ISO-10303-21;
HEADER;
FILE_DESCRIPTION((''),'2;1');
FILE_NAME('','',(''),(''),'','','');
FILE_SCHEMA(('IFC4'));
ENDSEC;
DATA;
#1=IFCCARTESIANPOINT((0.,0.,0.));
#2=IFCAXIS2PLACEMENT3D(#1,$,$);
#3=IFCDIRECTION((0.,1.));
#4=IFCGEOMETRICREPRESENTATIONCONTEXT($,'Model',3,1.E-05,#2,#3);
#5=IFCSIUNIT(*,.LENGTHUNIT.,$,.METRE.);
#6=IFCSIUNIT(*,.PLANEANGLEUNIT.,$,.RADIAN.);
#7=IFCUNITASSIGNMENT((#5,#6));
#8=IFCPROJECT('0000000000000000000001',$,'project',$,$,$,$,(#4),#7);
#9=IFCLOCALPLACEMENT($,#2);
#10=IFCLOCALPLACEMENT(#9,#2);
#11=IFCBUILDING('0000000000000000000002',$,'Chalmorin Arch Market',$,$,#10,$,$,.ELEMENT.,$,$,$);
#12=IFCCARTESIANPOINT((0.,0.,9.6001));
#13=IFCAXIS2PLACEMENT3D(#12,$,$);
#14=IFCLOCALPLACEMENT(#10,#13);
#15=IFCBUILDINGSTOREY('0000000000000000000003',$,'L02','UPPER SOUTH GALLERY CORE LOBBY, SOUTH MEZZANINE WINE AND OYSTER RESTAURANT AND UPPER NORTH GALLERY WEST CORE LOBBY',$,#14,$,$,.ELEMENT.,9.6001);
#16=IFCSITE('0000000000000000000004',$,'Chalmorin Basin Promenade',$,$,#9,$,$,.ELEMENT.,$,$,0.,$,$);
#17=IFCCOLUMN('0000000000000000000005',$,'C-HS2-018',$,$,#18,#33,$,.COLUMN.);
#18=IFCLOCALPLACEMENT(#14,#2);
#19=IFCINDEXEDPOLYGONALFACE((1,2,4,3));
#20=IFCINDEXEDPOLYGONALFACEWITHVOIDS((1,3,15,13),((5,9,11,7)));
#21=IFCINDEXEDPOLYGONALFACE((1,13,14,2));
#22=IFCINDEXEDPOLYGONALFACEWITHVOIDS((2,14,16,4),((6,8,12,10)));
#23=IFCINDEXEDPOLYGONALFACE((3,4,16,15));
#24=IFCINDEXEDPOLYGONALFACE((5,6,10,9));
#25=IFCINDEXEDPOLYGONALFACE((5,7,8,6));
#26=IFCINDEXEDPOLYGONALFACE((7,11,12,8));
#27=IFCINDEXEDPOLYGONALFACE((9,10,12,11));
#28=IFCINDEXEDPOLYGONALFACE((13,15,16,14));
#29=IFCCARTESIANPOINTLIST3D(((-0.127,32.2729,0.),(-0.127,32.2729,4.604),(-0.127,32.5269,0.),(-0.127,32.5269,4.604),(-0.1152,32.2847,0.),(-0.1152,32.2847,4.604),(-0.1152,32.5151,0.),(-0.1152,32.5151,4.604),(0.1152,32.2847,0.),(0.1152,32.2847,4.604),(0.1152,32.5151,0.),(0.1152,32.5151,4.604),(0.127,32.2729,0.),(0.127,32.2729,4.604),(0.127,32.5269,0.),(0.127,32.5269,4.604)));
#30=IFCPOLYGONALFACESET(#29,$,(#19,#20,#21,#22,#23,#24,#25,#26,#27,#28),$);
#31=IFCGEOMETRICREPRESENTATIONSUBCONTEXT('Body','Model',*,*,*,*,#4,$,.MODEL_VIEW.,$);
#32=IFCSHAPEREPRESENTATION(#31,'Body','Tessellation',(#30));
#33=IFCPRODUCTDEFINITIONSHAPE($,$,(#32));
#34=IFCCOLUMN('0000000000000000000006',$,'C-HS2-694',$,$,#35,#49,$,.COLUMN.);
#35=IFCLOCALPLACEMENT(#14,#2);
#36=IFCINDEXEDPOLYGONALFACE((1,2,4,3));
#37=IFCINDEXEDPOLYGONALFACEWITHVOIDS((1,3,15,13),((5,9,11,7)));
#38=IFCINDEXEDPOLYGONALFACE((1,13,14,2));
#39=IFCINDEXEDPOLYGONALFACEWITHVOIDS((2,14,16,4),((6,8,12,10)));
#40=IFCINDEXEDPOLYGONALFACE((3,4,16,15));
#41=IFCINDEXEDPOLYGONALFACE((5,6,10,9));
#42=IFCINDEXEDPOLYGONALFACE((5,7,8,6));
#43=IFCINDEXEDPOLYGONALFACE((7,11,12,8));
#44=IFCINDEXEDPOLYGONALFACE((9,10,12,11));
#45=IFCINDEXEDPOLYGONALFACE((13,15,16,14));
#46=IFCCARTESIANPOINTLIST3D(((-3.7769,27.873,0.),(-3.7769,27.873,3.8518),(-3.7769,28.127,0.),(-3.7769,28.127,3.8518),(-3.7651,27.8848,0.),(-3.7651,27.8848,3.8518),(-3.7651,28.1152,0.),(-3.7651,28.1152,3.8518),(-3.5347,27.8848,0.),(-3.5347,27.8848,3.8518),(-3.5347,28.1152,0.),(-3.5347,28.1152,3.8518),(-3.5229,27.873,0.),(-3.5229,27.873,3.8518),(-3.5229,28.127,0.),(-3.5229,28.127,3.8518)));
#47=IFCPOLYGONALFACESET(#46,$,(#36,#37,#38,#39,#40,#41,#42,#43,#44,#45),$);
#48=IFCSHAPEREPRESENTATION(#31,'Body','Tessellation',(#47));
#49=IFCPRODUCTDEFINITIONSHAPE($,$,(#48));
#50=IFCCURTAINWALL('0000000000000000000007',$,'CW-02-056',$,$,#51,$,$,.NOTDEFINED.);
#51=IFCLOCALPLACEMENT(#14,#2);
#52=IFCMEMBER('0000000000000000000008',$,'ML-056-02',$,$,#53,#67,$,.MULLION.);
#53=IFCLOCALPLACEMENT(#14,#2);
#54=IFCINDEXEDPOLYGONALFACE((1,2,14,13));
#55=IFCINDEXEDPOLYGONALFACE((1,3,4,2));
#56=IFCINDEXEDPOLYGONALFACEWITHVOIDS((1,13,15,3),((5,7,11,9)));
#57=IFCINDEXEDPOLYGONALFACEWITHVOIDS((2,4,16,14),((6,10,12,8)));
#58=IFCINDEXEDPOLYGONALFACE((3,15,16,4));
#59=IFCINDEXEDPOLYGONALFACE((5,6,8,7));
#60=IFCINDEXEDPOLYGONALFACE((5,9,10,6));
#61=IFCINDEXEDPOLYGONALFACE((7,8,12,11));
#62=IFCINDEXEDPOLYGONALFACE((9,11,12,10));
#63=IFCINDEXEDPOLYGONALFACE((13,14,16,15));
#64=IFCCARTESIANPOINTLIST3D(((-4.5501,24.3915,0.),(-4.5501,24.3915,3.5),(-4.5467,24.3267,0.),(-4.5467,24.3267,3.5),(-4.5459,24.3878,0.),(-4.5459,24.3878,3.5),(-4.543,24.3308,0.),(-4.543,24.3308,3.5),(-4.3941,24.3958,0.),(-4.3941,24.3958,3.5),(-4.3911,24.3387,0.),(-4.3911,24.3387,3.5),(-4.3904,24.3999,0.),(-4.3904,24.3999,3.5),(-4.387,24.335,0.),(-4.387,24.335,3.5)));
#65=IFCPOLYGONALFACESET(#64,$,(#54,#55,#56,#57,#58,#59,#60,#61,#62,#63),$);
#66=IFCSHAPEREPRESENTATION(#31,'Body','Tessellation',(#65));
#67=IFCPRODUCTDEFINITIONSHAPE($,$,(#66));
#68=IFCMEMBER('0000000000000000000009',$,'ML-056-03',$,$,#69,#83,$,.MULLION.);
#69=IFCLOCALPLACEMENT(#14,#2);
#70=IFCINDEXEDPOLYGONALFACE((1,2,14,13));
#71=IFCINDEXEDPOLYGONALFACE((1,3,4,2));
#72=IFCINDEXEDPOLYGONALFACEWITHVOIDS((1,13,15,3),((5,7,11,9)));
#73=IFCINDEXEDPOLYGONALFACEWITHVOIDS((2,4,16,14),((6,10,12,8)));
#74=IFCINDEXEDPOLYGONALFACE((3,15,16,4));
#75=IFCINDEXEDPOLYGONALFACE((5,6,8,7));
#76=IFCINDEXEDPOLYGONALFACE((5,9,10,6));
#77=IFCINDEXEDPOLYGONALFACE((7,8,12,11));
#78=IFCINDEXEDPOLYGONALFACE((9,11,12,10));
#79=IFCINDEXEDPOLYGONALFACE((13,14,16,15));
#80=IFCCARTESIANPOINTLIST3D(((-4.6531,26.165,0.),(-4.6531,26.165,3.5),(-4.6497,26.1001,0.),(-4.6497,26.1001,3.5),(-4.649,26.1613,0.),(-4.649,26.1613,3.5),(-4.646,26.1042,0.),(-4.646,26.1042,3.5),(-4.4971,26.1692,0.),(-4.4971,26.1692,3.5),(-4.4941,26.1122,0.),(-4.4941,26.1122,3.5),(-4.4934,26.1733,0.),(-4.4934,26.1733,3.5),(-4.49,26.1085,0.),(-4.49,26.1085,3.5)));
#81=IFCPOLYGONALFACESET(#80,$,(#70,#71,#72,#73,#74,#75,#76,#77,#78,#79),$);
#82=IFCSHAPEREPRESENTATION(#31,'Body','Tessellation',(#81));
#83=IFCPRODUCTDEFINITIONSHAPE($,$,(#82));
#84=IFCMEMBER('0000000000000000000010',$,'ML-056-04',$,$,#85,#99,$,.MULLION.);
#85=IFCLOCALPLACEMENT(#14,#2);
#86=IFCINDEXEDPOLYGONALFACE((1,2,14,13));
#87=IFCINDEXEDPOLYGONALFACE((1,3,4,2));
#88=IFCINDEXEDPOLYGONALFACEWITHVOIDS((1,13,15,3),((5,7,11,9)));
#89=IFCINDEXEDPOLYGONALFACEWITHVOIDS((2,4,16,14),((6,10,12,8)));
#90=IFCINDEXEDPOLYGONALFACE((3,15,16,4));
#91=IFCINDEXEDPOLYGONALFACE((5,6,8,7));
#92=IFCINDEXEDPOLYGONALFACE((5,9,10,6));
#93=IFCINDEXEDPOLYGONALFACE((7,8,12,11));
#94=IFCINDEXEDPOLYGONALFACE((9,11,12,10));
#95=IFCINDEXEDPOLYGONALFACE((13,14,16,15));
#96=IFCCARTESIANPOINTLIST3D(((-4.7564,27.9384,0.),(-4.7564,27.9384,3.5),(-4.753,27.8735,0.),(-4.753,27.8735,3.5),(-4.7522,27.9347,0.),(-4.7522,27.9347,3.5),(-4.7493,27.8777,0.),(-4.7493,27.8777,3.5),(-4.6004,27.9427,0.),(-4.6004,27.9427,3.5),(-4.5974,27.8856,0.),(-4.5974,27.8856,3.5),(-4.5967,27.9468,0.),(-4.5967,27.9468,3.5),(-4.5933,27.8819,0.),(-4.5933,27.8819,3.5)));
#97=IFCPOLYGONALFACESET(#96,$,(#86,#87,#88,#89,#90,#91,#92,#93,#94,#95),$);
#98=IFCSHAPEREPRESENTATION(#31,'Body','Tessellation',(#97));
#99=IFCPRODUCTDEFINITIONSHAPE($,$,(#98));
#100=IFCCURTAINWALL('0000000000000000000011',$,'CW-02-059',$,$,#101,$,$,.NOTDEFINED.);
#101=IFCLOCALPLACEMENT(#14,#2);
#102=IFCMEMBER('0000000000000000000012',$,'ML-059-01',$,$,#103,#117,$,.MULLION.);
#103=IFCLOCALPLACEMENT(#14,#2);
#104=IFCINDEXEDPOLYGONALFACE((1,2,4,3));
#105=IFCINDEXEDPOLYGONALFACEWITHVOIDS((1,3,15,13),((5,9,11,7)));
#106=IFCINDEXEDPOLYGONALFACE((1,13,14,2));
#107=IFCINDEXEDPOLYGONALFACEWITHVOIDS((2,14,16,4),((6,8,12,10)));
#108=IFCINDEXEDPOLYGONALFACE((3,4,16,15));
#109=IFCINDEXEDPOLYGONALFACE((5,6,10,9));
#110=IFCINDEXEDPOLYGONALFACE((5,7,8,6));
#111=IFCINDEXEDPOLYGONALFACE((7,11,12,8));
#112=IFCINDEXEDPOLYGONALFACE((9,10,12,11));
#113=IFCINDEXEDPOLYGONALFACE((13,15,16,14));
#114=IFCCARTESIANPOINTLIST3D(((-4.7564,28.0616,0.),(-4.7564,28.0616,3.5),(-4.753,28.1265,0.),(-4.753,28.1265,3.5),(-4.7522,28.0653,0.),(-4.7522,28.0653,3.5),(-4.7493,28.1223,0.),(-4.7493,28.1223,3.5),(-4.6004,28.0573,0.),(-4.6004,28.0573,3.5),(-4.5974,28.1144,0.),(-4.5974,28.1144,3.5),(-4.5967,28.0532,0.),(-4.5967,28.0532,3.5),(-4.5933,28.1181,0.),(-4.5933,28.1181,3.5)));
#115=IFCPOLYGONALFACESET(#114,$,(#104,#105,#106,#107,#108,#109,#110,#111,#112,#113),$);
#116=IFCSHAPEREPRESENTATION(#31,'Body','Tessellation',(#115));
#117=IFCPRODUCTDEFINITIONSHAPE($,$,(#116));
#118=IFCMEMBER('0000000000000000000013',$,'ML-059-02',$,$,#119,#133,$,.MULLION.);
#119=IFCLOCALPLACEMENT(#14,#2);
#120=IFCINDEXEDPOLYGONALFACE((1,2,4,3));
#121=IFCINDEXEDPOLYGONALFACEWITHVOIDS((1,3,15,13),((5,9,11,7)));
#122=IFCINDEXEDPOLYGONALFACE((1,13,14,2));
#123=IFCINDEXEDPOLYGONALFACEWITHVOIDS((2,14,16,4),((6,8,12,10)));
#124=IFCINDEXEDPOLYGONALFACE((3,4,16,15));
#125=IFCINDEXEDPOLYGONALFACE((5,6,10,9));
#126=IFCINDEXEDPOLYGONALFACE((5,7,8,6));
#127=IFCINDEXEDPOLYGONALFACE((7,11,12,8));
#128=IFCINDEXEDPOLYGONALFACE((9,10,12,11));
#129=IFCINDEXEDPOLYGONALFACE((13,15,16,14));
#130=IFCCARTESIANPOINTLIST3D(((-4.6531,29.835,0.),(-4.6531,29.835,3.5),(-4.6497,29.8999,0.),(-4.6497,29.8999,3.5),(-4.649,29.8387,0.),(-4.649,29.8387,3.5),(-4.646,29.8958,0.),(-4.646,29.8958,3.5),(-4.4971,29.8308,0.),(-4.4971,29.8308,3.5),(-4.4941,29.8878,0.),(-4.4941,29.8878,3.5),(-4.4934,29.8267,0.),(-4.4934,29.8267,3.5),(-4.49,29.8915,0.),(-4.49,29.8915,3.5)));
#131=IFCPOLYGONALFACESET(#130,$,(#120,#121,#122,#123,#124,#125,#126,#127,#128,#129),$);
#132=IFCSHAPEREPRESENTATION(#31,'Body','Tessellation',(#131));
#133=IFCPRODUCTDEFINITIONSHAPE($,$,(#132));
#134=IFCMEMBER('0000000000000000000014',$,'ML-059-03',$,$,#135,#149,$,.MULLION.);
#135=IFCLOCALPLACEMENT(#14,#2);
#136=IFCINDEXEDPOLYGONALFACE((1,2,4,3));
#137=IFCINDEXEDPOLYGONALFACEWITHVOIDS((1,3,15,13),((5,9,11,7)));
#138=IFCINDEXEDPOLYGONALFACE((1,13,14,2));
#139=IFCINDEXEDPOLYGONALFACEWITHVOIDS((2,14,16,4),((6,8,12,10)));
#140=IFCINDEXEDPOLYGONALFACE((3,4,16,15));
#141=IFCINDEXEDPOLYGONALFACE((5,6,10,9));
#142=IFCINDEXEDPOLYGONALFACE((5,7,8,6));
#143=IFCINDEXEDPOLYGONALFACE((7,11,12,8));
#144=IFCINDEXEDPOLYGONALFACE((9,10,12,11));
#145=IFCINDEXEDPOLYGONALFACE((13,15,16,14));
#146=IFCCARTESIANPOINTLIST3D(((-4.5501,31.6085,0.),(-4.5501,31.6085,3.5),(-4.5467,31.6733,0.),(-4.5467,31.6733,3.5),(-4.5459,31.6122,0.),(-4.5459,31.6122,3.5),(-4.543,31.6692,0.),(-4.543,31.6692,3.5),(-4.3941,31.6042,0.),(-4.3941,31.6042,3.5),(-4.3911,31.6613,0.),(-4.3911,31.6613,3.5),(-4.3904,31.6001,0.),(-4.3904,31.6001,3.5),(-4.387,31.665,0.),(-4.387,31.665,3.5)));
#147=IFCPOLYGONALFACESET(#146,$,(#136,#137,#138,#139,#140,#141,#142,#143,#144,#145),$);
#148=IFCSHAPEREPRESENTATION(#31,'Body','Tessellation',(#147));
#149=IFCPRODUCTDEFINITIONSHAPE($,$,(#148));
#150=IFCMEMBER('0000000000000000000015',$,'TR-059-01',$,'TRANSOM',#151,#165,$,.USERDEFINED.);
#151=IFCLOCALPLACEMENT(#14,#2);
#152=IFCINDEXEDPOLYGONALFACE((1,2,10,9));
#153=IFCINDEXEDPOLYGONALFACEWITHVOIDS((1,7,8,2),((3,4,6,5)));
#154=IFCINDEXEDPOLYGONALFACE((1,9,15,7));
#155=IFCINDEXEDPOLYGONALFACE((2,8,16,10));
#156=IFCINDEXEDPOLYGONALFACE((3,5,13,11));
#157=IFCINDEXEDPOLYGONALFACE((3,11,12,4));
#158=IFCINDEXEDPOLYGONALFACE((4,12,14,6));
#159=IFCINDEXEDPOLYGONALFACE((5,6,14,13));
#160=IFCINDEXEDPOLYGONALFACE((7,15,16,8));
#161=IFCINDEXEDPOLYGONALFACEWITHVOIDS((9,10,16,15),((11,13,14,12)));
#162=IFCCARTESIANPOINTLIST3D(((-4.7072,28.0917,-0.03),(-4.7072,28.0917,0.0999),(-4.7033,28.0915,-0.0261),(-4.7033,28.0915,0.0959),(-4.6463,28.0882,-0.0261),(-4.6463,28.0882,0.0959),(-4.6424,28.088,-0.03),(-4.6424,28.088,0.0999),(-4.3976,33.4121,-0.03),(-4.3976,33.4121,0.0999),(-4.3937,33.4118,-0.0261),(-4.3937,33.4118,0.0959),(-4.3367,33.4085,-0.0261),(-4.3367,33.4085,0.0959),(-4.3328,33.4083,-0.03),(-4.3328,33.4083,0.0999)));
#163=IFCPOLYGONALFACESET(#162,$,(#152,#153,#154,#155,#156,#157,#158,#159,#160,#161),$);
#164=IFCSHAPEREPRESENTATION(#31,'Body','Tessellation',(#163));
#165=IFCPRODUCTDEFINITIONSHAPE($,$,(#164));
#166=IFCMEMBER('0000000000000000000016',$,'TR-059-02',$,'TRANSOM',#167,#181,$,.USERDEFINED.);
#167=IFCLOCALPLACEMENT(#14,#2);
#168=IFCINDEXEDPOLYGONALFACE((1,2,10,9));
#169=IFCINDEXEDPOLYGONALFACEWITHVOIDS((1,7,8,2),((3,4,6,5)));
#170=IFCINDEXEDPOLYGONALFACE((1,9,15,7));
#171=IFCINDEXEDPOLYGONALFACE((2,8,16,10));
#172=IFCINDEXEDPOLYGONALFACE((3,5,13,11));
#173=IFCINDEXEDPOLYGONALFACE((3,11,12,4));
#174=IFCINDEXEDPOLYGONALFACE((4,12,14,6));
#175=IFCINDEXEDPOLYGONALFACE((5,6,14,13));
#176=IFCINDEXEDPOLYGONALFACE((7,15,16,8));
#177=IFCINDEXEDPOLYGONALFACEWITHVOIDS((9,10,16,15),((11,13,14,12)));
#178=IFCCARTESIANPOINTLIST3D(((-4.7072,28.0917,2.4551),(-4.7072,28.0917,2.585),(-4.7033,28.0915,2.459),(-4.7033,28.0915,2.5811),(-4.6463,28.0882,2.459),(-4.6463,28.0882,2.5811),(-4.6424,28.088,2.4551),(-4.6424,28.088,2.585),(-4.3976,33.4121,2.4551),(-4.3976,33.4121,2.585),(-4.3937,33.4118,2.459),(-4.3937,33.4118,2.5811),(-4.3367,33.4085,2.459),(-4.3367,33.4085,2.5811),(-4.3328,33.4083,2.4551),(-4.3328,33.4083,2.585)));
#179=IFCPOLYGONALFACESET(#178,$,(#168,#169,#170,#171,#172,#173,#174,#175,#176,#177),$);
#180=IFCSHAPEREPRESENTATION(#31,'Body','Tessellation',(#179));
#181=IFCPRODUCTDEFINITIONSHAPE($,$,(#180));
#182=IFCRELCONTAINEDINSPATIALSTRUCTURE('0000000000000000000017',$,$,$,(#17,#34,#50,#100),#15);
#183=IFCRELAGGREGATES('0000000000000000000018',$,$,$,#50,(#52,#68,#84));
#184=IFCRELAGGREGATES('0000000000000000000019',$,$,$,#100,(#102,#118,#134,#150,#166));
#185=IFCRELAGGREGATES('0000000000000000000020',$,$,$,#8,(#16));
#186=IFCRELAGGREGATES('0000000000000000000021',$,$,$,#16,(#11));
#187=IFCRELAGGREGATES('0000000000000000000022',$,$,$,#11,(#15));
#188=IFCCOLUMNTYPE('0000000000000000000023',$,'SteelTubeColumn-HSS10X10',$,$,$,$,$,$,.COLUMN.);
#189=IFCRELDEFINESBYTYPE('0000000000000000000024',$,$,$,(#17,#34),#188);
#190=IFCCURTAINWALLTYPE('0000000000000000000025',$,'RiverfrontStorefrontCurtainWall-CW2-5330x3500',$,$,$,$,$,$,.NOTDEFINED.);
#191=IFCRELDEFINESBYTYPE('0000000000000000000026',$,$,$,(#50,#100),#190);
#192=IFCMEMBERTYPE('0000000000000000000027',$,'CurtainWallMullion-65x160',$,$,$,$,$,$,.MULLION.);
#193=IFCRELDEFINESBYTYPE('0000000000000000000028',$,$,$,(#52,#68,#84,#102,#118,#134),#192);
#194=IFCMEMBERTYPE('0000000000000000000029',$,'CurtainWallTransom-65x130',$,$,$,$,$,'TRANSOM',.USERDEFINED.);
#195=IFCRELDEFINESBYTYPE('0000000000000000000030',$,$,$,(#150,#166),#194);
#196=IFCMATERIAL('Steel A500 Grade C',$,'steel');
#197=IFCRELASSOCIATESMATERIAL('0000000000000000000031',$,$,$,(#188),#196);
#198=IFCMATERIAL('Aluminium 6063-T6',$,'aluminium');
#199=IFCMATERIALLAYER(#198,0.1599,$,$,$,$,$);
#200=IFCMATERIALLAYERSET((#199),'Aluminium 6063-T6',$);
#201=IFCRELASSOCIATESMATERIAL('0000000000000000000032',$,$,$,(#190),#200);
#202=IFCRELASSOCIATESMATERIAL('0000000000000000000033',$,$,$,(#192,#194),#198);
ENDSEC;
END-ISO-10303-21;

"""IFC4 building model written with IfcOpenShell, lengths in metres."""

from ifc_helpers import new_model, si_unit, direction, frame, origin, origin_2d, place, context, subcontext, project, spatial, hollow_rectangle, extrude, material, layer, layer_set, material_profile, profile_set, type_object, element, aggregate, save


model = new_model("IFC4")

# Units and contexts
model_context = context("Model", 3, precision=1e-05, world=origin(), true_north=direction((0.0, 1.0)))
body_context = subcontext(model_context, "Body", "Model", "MODEL_VIEW")
ifc_project = project(units=[si_unit("LENGTHUNIT", "METRE"), si_unit("PLANEANGLEUNIT", "RADIAN")], contexts=[model_context])

# Site, building, storey
site_placement = place(None, origin())
site = spatial("IfcSite", under=ifc_project, at=site_placement, Name="Chalmorin Basin Promenade", CompositionType="ELEMENT", RefElevation=0.0)
building_placement = place(site_placement, origin())
building = spatial("IfcBuilding", under=site, at=building_placement, Name="Chalmorin Arch Market", CompositionType="ELEMENT")
storey_placement = place(building_placement, frame((0.0, 0.0, 9.6001)))
storey = spatial("IfcBuildingStorey", under=building, at=storey_placement, Name="L02", Description="UPPER SOUTH GALLERY CORE LOBBY, SOUTH MEZZANINE WINE AND OYSTER RESTAURANT AND UPPER NORTH GALLERY WEST CORE LOBBY", CompositionType="ELEMENT", Elevation=9.6001)

# Columns
ifc_material_1 = material(Name="Steel A500 Grade C", Category="steel")
ifc_material_profile_1 = material_profile(ifc_material_1, hollow_rectangle(XDim=0.2539, YDim=0.2539, WallThickness=0.0117, at=origin_2d()), Name="HSS10X10X1/2")
ifc_profile_set_1 = profile_set([ifc_material_profile_1], Name="Steel A500 Grade C")
column_type = type_object("IfcColumnType", Name="SteelTubeColumn-HSS10X10", PredefinedType="COLUMN", material=ifc_profile_set_1)
column_1_placement = place(storey_placement, frame((0.0, 32.3999, 0.0), z_axis=(0.0, 0.0, 1.0), x_axis=(1.0, 0.0, 0.0)))
element("IfcColumn", 1, at=column_1_placement, inside=storey, type_object=column_type, Name="C-HS2-018", PredefinedType="COLUMN", context=body_context, shape_type="SweptSolid", body=[
    extrude(hollow_rectangle(XDim=0.2539, YDim=0.2539, WallThickness=0.0117, at=origin_2d()), origin(), (0.0, 0.0, 1.0), 4.604),
])
column_2_placement = place(storey_placement, frame((-3.6499, 28.0, 0.0), z_axis=(0.0, 0.0, 1.0), x_axis=(1.0, 0.0, 0.0)))
element("IfcColumn", 2, at=column_2_placement, inside=storey, type_object=column_type, Name="C-HS2-694", PredefinedType="COLUMN", context=body_context, shape_type="SweptSolid", body=[
    extrude(hollow_rectangle(XDim=0.2539, YDim=0.2539, WallThickness=0.0117, at=origin_2d()), origin(), (0.0, 0.0, 1.0), 3.8518),
])

# Curtain walls, members
ifc_material_2 = material(Name="Aluminium 6063-T6", Category="aluminium")
ifc_layer_1 = layer(ifc_material_2, 0.1599)
ifc_layer_set_1 = layer_set([ifc_layer_1], Name="Aluminium 6063-T6")
curtain_wall_type = type_object("IfcCurtainWallType", Name="RiverfrontStorefrontCurtainWall-CW2-5330x3500", PredefinedType="NOTDEFINED", material=ifc_layer_set_1)
curtain_wall_1_placement = place(storey_placement, origin())
curtain_wall_1 = element("IfcCurtainWall", 3, at=curtain_wall_1_placement, inside=storey, type_object=curtain_wall_type, Name="CW-02-056", PredefinedType="NOTDEFINED")
ifc_material_profile_2 = material_profile(ifc_material_2, hollow_rectangle(XDim=0.0649, YDim=0.1599, WallThickness=0.0039, at=origin_2d()), Name="ALU65X160X4")
ifc_profile_set_2 = profile_set([ifc_material_profile_2], Name="Aluminium 6063-T6")
member_type_1 = type_object("IfcMemberType", Name="CurtainWallMullion-65x160", PredefinedType="MULLION", material=ifc_profile_set_2)
member_1_placement = place(storey_placement, frame((-4.4685, 24.3633, 0.0), z_axis=(0.0, 0.0, 1.0), x_axis=(-0.052336, 0.99863, 0.0)))
member_1 = element("IfcMember", 4, at=member_1_placement, type_object=member_type_1, Name="ML-056-02", PredefinedType="MULLION", context=body_context, shape_type="SweptSolid", body=[
    extrude(hollow_rectangle(XDim=0.0649, YDim=0.1599, WallThickness=0.0039, at=origin_2d()), origin(), (0.0, 0.0, 1.0), 3.5),
])
member_2_placement = place(storey_placement, frame((-4.5715, 26.1367, 0.0), z_axis=(0.0, 0.0, 1.0), x_axis=(-0.052336, 0.99863, 0.0)))
member_2 = element("IfcMember", 5, at=member_2_placement, type_object=member_type_1, Name="ML-056-03", PredefinedType="MULLION", context=body_context, shape_type="SweptSolid", body=[
    extrude(hollow_rectangle(XDim=0.0649, YDim=0.1599, WallThickness=0.0039, at=origin_2d()), origin(), (0.0, 0.0, 1.0), 3.5),
])
member_3_placement = place(storey_placement, frame((-4.6748, 27.9102, 0.0), z_axis=(0.0, 0.0, 1.0), x_axis=(-0.052336, 0.99863, 0.0)))
member_3 = element("IfcMember", 6, at=member_3_placement, type_object=member_type_1, Name="ML-056-04", PredefinedType="MULLION", context=body_context, shape_type="SweptSolid", body=[
    extrude(hollow_rectangle(XDim=0.0649, YDim=0.1599, WallThickness=0.0039, at=origin_2d()), origin(), (0.0, 0.0, 1.0), 3.5),
])
curtain_wall_2_placement = place(storey_placement, origin())
curtain_wall_2 = element("IfcCurtainWall", 7, at=curtain_wall_2_placement, inside=storey, type_object=curtain_wall_type, Name="CW-02-059", PredefinedType="NOTDEFINED")
member_4_placement = place(storey_placement, frame((-4.6748, 28.0898, 0.0), z_axis=(0.0, 0.0, 1.0), x_axis=(0.052336, 0.99863, 0.0)))
member_4 = element("IfcMember", 8, at=member_4_placement, type_object=member_type_1, Name="ML-059-01", PredefinedType="MULLION", context=body_context, shape_type="SweptSolid", body=[
    extrude(hollow_rectangle(XDim=0.0649, YDim=0.1599, WallThickness=0.0039, at=origin_2d()), origin(), (0.0, 0.0, 1.0), 3.5),
])
member_5_placement = place(storey_placement, frame((-4.5715, 29.8633, 0.0), z_axis=(0.0, 0.0, 1.0), x_axis=(0.052336, 0.99863, 0.0)))
member_5 = element("IfcMember", 9, at=member_5_placement, type_object=member_type_1, Name="ML-059-02", PredefinedType="MULLION", context=body_context, shape_type="SweptSolid", body=[
    extrude(hollow_rectangle(XDim=0.0649, YDim=0.1599, WallThickness=0.0039, at=origin_2d()), origin(), (0.0, 0.0, 1.0), 3.5),
])
member_6_placement = place(storey_placement, frame((-4.4685, 31.6367, 0.0), z_axis=(0.0, 0.0, 1.0), x_axis=(0.052336, 0.99863, 0.0)))
member_6 = element("IfcMember", 10, at=member_6_placement, type_object=member_type_1, Name="ML-059-03", PredefinedType="MULLION", context=body_context, shape_type="SweptSolid", body=[
    extrude(hollow_rectangle(XDim=0.0649, YDim=0.1599, WallThickness=0.0039, at=origin_2d()), origin(), (0.0, 0.0, 1.0), 3.5),
])
ifc_material_profile_3 = material_profile(ifc_material_2, hollow_rectangle(XDim=0.0649, YDim=0.1299, WallThickness=0.0039, at=origin_2d()), Name="ALU65X130X4")
ifc_profile_set_3 = profile_set([ifc_material_profile_3], Name="Aluminium 6063-T6")
member_type_2 = type_object("IfcMemberType", Name="CurtainWallTransom-65x130", ElementType="TRANSOM", PredefinedType="USERDEFINED", material=ifc_profile_set_3)
member_7_placement = place(storey_placement, frame((-4.6748, 28.0898, 0.0349), z_axis=(0.058088, 0.998311, 0.0), x_axis=(-0.998311, 0.058088, 0.0)))
member_7 = element("IfcMember", 11, at=member_7_placement, type_object=member_type_2, Name="TR-059-01", ObjectType="TRANSOM", PredefinedType="USERDEFINED", context=body_context, shape_type="SweptSolid", body=[
    extrude(hollow_rectangle(XDim=0.0649, YDim=0.1299, WallThickness=0.0039, at=origin_2d()), origin(), (0.0, 0.0, 1.0), 5.3293),
])
member_8_placement = place(storey_placement, frame((-4.6748, 28.0898, 2.52), z_axis=(0.058088, 0.998311, 0.0), x_axis=(-0.998311, 0.058088, 0.0)))
member_8 = element("IfcMember", 12, at=member_8_placement, type_object=member_type_2, Name="TR-059-02", ObjectType="TRANSOM", PredefinedType="USERDEFINED", context=body_context, shape_type="SweptSolid", body=[
    extrude(hollow_rectangle(XDim=0.0649, YDim=0.1299, WallThickness=0.0039, at=origin_2d()), origin(), (0.0, 0.0, 1.0), 5.3293),
])

aggregate(curtain_wall_1, [member_1, member_2, member_3])
aggregate(curtain_wall_2, [member_4, member_5, member_6, member_7, member_8])

save(model, "model.ifc")
